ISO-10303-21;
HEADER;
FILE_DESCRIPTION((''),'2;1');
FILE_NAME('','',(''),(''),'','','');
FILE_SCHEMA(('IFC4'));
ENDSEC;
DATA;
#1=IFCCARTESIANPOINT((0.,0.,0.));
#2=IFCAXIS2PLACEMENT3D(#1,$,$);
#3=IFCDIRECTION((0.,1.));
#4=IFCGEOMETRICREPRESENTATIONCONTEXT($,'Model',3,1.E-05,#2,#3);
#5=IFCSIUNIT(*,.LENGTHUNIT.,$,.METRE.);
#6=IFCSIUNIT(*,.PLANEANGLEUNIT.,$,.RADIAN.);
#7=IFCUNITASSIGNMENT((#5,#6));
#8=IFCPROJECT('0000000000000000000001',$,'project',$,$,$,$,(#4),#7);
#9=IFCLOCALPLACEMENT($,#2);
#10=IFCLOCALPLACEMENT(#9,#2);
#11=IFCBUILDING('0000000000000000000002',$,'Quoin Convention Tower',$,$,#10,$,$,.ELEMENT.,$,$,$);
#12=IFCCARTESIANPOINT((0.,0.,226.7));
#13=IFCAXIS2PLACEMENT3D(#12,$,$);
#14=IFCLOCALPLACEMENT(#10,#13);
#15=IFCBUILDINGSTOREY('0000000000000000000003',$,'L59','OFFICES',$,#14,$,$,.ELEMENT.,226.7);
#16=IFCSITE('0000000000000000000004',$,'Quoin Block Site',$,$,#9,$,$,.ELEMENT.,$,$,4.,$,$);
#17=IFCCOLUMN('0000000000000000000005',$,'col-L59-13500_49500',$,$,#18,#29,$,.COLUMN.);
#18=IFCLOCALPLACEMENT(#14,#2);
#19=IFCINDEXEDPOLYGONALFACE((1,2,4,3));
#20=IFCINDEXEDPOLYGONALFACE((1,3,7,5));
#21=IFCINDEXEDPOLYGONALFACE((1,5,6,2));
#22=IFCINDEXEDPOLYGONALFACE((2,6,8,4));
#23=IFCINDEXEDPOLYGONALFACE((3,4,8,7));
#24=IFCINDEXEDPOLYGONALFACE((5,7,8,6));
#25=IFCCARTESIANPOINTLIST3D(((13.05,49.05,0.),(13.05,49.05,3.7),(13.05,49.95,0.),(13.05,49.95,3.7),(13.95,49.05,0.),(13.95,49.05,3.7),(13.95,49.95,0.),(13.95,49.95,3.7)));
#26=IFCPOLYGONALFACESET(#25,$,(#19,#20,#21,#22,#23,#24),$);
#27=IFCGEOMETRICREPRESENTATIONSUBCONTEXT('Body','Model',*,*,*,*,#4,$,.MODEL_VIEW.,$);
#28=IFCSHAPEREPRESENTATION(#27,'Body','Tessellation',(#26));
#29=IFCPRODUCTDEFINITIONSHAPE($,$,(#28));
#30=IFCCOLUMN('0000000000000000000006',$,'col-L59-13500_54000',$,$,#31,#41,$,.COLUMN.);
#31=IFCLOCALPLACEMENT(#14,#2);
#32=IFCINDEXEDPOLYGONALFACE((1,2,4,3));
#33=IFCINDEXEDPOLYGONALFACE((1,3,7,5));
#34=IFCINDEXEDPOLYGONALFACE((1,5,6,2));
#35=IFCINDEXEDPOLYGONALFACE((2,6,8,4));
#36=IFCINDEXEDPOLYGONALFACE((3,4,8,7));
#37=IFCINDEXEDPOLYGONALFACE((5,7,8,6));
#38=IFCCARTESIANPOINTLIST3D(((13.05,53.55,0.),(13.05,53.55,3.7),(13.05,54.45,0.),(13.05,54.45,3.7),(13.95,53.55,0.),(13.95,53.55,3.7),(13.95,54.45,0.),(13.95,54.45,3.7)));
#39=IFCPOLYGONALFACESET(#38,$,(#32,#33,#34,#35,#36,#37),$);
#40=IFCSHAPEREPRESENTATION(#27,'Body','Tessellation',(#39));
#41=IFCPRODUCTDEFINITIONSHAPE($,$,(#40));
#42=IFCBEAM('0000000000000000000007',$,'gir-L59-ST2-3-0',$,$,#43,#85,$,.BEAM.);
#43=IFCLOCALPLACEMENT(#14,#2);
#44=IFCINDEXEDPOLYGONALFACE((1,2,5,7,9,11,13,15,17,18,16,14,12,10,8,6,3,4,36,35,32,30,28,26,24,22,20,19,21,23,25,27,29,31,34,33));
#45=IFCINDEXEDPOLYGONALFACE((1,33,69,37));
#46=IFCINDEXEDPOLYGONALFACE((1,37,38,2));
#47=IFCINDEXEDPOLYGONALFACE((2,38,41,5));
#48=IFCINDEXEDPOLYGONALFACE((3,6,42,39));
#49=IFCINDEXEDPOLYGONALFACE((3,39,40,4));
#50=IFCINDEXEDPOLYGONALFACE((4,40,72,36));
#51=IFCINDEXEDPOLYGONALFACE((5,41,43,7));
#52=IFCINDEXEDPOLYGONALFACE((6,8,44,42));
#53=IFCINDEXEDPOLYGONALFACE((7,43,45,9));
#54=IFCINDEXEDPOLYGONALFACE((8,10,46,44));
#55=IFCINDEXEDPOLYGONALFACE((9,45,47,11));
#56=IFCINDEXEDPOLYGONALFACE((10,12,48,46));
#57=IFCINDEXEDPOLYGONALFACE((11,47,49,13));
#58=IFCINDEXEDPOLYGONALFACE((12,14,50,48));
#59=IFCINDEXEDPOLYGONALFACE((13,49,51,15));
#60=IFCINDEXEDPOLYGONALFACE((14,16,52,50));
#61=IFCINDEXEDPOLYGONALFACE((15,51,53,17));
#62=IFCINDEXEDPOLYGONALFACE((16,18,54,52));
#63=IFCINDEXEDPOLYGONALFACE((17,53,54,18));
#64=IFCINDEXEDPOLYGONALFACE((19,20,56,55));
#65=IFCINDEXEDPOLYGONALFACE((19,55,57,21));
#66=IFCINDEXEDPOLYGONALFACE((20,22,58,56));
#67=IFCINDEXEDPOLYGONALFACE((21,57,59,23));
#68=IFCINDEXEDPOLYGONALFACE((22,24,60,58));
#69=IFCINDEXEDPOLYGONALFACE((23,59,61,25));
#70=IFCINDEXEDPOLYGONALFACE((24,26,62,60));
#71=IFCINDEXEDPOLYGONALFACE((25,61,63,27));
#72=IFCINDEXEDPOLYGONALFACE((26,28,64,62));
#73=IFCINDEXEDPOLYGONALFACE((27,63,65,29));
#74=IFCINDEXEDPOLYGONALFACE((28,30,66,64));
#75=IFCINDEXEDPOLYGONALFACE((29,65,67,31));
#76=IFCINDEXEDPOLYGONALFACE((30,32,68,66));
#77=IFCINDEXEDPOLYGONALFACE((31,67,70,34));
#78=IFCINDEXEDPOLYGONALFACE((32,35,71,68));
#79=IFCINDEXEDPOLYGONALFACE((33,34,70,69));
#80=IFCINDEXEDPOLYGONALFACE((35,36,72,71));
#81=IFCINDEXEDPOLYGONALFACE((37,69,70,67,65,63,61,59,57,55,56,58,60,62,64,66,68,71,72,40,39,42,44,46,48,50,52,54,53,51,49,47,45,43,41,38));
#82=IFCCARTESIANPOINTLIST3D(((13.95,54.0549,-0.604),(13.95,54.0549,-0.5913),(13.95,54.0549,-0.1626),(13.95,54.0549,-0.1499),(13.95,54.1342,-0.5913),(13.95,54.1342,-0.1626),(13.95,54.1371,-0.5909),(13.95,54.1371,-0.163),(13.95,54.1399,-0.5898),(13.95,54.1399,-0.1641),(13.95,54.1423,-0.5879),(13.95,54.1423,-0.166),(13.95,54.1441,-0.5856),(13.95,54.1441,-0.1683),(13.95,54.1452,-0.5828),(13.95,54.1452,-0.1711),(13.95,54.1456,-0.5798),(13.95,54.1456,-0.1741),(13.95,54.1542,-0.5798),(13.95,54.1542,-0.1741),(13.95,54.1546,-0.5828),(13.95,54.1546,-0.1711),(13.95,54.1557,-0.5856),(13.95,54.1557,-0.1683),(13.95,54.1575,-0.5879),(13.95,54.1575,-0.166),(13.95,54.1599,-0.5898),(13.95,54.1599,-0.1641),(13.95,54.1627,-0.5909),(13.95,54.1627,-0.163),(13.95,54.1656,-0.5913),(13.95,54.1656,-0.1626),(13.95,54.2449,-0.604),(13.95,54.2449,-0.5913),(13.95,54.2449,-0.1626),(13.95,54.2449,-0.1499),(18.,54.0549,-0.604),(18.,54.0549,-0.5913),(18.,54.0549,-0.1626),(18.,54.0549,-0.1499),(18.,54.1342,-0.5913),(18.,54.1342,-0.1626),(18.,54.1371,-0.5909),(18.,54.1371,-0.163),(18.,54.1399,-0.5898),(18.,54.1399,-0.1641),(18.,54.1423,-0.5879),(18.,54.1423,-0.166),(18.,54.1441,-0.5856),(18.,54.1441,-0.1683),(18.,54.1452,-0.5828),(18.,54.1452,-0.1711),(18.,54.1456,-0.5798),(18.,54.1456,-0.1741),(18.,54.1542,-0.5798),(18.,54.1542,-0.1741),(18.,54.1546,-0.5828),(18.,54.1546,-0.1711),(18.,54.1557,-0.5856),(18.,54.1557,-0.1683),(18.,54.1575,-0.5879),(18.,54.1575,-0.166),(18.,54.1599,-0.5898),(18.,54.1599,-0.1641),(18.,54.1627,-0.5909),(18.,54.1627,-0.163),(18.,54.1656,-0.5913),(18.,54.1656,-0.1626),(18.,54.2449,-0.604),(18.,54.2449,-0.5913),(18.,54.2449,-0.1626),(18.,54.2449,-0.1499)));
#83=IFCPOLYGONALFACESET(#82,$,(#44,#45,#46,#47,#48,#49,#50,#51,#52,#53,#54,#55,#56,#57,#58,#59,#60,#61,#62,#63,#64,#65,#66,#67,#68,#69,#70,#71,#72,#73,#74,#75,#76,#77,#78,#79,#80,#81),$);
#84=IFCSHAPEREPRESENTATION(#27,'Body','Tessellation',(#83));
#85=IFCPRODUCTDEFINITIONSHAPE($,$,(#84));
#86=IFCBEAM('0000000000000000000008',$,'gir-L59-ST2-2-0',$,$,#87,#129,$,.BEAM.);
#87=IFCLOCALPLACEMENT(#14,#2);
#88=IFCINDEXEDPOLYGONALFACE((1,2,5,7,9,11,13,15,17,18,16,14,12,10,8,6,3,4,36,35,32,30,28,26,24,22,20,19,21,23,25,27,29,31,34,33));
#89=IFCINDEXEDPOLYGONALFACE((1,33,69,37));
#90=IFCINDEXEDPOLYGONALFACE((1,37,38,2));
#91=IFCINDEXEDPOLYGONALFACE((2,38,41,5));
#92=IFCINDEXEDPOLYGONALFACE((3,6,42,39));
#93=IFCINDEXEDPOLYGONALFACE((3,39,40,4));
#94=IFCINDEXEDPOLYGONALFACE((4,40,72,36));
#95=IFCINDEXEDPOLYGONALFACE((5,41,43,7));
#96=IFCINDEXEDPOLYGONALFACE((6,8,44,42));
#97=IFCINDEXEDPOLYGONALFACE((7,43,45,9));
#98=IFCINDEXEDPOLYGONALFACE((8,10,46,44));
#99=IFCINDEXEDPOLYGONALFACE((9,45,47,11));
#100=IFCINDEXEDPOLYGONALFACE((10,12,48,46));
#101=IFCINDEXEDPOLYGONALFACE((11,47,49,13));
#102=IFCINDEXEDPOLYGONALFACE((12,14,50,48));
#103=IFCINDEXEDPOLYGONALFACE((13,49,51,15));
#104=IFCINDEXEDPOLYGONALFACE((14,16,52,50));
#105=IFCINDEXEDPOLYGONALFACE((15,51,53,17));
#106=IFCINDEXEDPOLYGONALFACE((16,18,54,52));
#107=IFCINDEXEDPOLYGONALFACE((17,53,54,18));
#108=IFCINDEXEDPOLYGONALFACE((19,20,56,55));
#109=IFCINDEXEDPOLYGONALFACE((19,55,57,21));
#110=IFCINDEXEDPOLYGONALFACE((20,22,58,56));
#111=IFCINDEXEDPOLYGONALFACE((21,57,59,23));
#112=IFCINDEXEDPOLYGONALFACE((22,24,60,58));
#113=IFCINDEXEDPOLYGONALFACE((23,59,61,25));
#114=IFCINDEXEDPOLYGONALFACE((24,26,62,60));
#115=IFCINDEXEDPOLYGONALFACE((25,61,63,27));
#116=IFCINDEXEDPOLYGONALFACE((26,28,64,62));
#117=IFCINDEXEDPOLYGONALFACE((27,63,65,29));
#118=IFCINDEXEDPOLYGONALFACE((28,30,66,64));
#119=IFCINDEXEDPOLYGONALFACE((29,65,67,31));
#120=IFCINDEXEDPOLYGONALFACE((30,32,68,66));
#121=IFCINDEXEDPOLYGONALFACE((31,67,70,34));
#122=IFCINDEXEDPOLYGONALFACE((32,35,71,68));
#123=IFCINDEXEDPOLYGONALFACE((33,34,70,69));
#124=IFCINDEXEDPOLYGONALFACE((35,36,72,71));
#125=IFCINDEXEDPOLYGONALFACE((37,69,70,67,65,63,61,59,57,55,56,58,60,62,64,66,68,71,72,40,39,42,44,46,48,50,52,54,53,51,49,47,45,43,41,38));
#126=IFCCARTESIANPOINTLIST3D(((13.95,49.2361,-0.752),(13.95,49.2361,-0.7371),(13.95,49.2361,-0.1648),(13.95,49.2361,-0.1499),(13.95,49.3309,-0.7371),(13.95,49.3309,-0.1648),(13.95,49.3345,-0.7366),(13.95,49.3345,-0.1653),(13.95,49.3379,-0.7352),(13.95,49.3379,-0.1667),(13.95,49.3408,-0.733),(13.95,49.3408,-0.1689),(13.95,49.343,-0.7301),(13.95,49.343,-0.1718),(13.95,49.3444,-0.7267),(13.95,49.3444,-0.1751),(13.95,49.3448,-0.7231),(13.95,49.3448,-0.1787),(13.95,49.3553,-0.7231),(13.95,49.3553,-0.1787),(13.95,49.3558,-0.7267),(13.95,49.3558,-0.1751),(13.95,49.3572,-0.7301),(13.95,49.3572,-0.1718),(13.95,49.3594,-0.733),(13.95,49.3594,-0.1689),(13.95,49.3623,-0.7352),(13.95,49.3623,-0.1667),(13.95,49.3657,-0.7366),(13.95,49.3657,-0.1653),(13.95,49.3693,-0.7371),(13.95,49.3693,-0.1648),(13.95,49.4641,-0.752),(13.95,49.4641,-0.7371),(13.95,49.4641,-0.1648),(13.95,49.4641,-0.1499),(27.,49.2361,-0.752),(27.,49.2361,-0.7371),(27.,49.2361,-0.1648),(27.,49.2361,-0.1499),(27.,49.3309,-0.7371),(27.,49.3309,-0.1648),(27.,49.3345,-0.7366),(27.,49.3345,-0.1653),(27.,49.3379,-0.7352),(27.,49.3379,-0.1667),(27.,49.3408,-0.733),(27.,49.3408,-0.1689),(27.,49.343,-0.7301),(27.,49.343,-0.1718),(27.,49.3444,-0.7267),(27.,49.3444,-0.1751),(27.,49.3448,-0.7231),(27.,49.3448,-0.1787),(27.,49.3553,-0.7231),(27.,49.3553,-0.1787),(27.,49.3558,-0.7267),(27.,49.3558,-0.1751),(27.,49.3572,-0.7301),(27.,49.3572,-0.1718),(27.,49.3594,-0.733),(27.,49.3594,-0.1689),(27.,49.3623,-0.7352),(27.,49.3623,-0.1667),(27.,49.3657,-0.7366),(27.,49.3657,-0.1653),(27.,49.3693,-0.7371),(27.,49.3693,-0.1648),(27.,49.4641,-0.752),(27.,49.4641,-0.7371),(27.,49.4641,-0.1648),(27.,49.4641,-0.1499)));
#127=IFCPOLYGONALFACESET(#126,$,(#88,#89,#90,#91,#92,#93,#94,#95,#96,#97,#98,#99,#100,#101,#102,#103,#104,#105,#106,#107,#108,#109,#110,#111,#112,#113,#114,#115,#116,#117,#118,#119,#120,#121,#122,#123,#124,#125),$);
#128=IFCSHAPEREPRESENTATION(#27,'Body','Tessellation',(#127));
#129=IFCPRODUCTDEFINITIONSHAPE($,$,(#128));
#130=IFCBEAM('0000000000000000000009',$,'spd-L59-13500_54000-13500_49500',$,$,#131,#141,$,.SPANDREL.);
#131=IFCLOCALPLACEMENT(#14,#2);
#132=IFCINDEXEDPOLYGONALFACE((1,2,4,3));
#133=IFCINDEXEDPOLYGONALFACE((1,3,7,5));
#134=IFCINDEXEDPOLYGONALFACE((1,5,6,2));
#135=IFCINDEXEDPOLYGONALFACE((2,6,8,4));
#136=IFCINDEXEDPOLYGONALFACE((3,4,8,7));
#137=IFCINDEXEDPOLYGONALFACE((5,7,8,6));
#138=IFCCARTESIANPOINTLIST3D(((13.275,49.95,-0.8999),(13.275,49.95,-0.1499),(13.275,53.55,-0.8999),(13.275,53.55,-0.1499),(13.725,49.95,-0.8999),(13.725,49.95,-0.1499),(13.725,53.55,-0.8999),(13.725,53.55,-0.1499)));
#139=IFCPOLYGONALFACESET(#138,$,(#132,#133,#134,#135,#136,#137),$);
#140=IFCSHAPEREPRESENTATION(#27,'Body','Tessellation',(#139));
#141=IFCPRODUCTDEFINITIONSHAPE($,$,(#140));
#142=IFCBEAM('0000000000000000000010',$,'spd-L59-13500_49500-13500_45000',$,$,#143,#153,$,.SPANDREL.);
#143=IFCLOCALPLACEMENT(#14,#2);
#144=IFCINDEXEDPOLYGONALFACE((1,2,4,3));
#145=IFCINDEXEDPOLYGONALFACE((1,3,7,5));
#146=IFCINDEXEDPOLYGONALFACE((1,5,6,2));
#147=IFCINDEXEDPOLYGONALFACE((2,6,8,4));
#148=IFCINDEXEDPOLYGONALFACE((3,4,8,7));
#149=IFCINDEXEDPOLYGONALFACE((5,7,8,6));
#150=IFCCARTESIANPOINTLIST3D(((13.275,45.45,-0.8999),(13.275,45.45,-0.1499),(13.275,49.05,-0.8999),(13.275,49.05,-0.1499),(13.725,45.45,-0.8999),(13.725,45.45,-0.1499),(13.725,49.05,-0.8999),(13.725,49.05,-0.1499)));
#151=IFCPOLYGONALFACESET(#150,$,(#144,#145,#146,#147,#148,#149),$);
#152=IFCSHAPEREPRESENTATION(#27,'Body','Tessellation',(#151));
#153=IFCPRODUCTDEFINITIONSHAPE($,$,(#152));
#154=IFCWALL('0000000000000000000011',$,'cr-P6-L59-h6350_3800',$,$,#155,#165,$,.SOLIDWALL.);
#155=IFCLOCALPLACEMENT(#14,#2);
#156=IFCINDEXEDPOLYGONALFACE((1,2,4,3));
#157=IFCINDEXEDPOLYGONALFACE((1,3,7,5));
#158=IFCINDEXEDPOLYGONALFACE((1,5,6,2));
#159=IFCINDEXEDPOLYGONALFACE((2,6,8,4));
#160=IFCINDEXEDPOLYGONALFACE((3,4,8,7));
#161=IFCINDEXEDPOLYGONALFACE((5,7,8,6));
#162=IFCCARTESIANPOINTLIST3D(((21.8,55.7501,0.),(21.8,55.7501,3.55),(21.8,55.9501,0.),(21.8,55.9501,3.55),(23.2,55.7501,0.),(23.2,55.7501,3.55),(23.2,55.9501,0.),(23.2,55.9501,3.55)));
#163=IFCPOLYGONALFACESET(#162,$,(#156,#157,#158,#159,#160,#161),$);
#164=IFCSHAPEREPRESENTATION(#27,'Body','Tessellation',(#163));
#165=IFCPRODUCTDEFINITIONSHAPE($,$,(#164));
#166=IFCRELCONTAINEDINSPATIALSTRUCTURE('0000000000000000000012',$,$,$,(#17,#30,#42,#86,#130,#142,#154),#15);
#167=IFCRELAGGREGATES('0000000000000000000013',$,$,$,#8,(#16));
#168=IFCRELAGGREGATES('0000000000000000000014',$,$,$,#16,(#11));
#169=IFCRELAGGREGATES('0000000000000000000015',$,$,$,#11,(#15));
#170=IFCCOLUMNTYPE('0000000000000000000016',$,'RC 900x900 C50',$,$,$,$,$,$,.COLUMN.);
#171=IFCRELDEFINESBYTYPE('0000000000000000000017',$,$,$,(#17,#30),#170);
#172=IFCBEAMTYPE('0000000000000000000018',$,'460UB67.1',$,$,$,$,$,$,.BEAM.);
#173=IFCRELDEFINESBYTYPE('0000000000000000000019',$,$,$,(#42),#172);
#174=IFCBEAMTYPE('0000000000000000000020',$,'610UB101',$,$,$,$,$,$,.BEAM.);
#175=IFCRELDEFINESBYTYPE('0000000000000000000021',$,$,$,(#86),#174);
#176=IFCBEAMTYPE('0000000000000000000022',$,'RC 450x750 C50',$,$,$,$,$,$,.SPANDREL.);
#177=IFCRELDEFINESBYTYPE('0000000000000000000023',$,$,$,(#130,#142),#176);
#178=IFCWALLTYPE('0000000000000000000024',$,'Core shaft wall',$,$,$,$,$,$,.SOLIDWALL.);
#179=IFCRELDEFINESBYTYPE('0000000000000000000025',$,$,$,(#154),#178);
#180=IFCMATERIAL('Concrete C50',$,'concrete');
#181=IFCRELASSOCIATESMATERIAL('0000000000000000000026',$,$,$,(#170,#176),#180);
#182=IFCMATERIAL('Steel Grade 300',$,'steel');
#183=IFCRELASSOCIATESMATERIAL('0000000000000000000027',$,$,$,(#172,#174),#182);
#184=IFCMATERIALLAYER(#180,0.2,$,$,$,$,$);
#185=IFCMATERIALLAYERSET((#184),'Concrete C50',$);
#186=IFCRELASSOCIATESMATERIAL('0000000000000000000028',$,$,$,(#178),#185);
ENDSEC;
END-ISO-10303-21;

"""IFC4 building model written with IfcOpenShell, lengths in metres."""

from ifc_helpers import new_model, si_unit, direction, frame, frame_2d, origin, origin_2d, place, context, subcontext, project, spatial, rectangle, i_section, extrude, material, layer, layer_set, material_profile, profile_set, type_object, element, save


model = new_model("IFC4")

# Units and contexts
model_context = context("Model", 3, precision=1e-05, world=origin(), true_north=direction((0.0, 1.0)))
body_context = subcontext(model_context, "Body", "Model", "MODEL_VIEW")
ifc_project = project(units=[si_unit("LENGTHUNIT", "METRE"), si_unit("PLANEANGLEUNIT", "RADIAN")], contexts=[model_context])

# Site, building, storey
site_placement = place(None, origin())
site = spatial("IfcSite", under=ifc_project, at=site_placement, Name="Quoin Block Site", CompositionType="ELEMENT", RefElevation=4.0)
building_placement = place(site_placement, origin())
building = spatial("IfcBuilding", under=site, at=building_placement, Name="Quoin Convention Tower", CompositionType="ELEMENT")
storey_placement = place(building_placement, frame((0.0, 0.0, 226.7)))
storey = spatial("IfcBuildingStorey", under=building, at=storey_placement, Name="L59", Description="OFFICES", CompositionType="ELEMENT", Elevation=226.7)

# Columns
ifc_material_1 = material(Name="Concrete C50", Category="concrete")
ifc_material_profile_1 = material_profile(ifc_material_1, rectangle(XDim=0.8999, YDim=0.8999, at=origin_2d()), Name="RC 900x900")
ifc_profile_set_1 = profile_set([ifc_material_profile_1], Name="Concrete C50")
column_type = type_object("IfcColumnType", Name="RC 900x900 C50", PredefinedType="COLUMN", material=ifc_profile_set_1)
for number, where, z_axis, x_axis, name in (
    (1, (13.5, 49.5, 0.0), (0.0, 0.0, 1.0), (1.0, 0.0, 0.0), "col-L59-13500_49500"),
    (2, (13.5, 54.0, 0.0), (0.0, 0.0, 1.0), (1.0, 0.0, 0.0), "col-L59-13500_54000"),
):
    element("IfcColumn", number, at=place(storey_placement, frame(where, z_axis=z_axis, x_axis=x_axis)), inside=storey, type_object=column_type, Name=name, PredefinedType="COLUMN", context=body_context, shape_type="SweptSolid", body=[
        extrude(rectangle(XDim=0.8999, YDim=0.8999, at=origin_2d()), origin(), (0.0, 0.0, 1.0), 3.7),
    ])

# Beams
ifc_material_2 = material(Name="Steel Grade 300", Category="steel")
ifc_material_profile_2 = material_profile(ifc_material_2, i_section(OverallWidth=0.1899, OverallDepth=0.4541, WebThickness=0.0085, FlangeThickness=0.0127, FilletRadius=0.0115, at=origin_2d()), Name="460UB67.1")
ifc_profile_set_2 = profile_set([ifc_material_profile_2], Name="Steel Grade 300")
beam_type_1 = type_object("IfcBeamType", Name="460UB67.1", PredefinedType="BEAM", material=ifc_profile_set_2)
beam_1_placement = place(storey_placement, frame((13.95, 54.1499, -0.377), z_axis=(1.0, 0.0, 0.0), x_axis=(0.0, 1.0, 0.0)))
element("IfcBeam", 3, at=beam_1_placement, inside=storey, type_object=beam_type_1, Name="gir-L59-ST2-3-0", PredefinedType="BEAM", context=body_context, shape_type="SweptSolid", body=[
    extrude(i_section(OverallWidth=0.1899, OverallDepth=0.4541, WebThickness=0.0085, FlangeThickness=0.0127, FilletRadius=0.0115, at=origin_2d()), origin(), (0.0, 0.0, 1.0), 4.05),
])
ifc_material_profile_3 = material_profile(ifc_material_2, i_section(OverallWidth=0.228, OverallDepth=0.6021, WebThickness=0.0105, FlangeThickness=0.0149, FilletRadius=0.0139, at=origin_2d()), Name="610UB101")
ifc_profile_set_3 = profile_set([ifc_material_profile_3], Name="Steel Grade 300")
beam_type_2 = type_object("IfcBeamType", Name="610UB101", PredefinedType="BEAM", material=ifc_profile_set_3)
beam_2_placement = place(storey_placement, frame((13.95, 49.3501, -0.4509), z_axis=(1.0, 0.0, 0.0), x_axis=(0.0, 1.0, 0.0)))
element("IfcBeam", 4, at=beam_2_placement, inside=storey, type_object=beam_type_2, Name="gir-L59-ST2-2-0", PredefinedType="BEAM", context=body_context, shape_type="SweptSolid", body=[
    extrude(i_section(OverallWidth=0.228, OverallDepth=0.6021, WebThickness=0.0105, FlangeThickness=0.0149, FilletRadius=0.0139, at=origin_2d()), origin(), (0.0, 0.0, 1.0), 13.05),
])
ifc_material_profile_4 = material_profile(ifc_material_1, rectangle(XDim=0.45, YDim=0.75, at=origin_2d()), Name="RC 450x750")
ifc_profile_set_4 = profile_set([ifc_material_profile_4], Name="Concrete C50")
beam_type_3 = type_object("IfcBeamType", Name="RC 450x750 C50", PredefinedType="SPANDREL", material=ifc_profile_set_4)
for number, where, z_axis, x_axis, name in (
    (5, (13.5, 53.55, -0.5249), (0.0, -1.0, 0.0), (1.0, 0.0, 0.0), "spd-L59-13500_54000-13500_49500"),
    (6, (13.5, 49.05, -0.5249), (0.0, -1.0, 0.0), (1.0, 0.0, 0.0), "spd-L59-13500_49500-13500_45000"),
):
    element("IfcBeam", number, at=place(storey_placement, frame(where, z_axis=z_axis, x_axis=x_axis)), inside=storey, type_object=beam_type_3, Name=name, PredefinedType="SPANDREL", context=body_context, shape_type="SweptSolid", body=[
        extrude(rectangle(XDim=0.45, YDim=0.75, at=origin_2d()), origin(), (0.0, 0.0, 1.0), 3.6001),
    ])

# Wall
ifc_layer_1 = layer(ifc_material_1, 0.2)
ifc_layer_set_1 = layer_set([ifc_layer_1], Name="Concrete C50")
wall_type_1 = type_object("IfcWallType", Name="Core shaft wall", PredefinedType="SOLIDWALL", material=ifc_layer_set_1)
wall_1_placement = place(storey_placement, frame((21.8, 55.8501, 0.0), z_axis=(0.0, 0.0, 1.0), x_axis=(1.0, 0.0, 0.0)))
element("IfcWall", 7, at=wall_1_placement, inside=storey, type_object=wall_type_1, Name="cr-P6-L59-h6350_3800", PredefinedType="SOLIDWALL", context=body_context, shape_type="SweptSolid", body=[
    extrude(rectangle(XDim=1.3999, YDim=0.2, at=frame_2d((0.7, 0.0))), origin(), (0.0, 0.0, 1.0), 3.55),
])

save(model, "model.ifc")
